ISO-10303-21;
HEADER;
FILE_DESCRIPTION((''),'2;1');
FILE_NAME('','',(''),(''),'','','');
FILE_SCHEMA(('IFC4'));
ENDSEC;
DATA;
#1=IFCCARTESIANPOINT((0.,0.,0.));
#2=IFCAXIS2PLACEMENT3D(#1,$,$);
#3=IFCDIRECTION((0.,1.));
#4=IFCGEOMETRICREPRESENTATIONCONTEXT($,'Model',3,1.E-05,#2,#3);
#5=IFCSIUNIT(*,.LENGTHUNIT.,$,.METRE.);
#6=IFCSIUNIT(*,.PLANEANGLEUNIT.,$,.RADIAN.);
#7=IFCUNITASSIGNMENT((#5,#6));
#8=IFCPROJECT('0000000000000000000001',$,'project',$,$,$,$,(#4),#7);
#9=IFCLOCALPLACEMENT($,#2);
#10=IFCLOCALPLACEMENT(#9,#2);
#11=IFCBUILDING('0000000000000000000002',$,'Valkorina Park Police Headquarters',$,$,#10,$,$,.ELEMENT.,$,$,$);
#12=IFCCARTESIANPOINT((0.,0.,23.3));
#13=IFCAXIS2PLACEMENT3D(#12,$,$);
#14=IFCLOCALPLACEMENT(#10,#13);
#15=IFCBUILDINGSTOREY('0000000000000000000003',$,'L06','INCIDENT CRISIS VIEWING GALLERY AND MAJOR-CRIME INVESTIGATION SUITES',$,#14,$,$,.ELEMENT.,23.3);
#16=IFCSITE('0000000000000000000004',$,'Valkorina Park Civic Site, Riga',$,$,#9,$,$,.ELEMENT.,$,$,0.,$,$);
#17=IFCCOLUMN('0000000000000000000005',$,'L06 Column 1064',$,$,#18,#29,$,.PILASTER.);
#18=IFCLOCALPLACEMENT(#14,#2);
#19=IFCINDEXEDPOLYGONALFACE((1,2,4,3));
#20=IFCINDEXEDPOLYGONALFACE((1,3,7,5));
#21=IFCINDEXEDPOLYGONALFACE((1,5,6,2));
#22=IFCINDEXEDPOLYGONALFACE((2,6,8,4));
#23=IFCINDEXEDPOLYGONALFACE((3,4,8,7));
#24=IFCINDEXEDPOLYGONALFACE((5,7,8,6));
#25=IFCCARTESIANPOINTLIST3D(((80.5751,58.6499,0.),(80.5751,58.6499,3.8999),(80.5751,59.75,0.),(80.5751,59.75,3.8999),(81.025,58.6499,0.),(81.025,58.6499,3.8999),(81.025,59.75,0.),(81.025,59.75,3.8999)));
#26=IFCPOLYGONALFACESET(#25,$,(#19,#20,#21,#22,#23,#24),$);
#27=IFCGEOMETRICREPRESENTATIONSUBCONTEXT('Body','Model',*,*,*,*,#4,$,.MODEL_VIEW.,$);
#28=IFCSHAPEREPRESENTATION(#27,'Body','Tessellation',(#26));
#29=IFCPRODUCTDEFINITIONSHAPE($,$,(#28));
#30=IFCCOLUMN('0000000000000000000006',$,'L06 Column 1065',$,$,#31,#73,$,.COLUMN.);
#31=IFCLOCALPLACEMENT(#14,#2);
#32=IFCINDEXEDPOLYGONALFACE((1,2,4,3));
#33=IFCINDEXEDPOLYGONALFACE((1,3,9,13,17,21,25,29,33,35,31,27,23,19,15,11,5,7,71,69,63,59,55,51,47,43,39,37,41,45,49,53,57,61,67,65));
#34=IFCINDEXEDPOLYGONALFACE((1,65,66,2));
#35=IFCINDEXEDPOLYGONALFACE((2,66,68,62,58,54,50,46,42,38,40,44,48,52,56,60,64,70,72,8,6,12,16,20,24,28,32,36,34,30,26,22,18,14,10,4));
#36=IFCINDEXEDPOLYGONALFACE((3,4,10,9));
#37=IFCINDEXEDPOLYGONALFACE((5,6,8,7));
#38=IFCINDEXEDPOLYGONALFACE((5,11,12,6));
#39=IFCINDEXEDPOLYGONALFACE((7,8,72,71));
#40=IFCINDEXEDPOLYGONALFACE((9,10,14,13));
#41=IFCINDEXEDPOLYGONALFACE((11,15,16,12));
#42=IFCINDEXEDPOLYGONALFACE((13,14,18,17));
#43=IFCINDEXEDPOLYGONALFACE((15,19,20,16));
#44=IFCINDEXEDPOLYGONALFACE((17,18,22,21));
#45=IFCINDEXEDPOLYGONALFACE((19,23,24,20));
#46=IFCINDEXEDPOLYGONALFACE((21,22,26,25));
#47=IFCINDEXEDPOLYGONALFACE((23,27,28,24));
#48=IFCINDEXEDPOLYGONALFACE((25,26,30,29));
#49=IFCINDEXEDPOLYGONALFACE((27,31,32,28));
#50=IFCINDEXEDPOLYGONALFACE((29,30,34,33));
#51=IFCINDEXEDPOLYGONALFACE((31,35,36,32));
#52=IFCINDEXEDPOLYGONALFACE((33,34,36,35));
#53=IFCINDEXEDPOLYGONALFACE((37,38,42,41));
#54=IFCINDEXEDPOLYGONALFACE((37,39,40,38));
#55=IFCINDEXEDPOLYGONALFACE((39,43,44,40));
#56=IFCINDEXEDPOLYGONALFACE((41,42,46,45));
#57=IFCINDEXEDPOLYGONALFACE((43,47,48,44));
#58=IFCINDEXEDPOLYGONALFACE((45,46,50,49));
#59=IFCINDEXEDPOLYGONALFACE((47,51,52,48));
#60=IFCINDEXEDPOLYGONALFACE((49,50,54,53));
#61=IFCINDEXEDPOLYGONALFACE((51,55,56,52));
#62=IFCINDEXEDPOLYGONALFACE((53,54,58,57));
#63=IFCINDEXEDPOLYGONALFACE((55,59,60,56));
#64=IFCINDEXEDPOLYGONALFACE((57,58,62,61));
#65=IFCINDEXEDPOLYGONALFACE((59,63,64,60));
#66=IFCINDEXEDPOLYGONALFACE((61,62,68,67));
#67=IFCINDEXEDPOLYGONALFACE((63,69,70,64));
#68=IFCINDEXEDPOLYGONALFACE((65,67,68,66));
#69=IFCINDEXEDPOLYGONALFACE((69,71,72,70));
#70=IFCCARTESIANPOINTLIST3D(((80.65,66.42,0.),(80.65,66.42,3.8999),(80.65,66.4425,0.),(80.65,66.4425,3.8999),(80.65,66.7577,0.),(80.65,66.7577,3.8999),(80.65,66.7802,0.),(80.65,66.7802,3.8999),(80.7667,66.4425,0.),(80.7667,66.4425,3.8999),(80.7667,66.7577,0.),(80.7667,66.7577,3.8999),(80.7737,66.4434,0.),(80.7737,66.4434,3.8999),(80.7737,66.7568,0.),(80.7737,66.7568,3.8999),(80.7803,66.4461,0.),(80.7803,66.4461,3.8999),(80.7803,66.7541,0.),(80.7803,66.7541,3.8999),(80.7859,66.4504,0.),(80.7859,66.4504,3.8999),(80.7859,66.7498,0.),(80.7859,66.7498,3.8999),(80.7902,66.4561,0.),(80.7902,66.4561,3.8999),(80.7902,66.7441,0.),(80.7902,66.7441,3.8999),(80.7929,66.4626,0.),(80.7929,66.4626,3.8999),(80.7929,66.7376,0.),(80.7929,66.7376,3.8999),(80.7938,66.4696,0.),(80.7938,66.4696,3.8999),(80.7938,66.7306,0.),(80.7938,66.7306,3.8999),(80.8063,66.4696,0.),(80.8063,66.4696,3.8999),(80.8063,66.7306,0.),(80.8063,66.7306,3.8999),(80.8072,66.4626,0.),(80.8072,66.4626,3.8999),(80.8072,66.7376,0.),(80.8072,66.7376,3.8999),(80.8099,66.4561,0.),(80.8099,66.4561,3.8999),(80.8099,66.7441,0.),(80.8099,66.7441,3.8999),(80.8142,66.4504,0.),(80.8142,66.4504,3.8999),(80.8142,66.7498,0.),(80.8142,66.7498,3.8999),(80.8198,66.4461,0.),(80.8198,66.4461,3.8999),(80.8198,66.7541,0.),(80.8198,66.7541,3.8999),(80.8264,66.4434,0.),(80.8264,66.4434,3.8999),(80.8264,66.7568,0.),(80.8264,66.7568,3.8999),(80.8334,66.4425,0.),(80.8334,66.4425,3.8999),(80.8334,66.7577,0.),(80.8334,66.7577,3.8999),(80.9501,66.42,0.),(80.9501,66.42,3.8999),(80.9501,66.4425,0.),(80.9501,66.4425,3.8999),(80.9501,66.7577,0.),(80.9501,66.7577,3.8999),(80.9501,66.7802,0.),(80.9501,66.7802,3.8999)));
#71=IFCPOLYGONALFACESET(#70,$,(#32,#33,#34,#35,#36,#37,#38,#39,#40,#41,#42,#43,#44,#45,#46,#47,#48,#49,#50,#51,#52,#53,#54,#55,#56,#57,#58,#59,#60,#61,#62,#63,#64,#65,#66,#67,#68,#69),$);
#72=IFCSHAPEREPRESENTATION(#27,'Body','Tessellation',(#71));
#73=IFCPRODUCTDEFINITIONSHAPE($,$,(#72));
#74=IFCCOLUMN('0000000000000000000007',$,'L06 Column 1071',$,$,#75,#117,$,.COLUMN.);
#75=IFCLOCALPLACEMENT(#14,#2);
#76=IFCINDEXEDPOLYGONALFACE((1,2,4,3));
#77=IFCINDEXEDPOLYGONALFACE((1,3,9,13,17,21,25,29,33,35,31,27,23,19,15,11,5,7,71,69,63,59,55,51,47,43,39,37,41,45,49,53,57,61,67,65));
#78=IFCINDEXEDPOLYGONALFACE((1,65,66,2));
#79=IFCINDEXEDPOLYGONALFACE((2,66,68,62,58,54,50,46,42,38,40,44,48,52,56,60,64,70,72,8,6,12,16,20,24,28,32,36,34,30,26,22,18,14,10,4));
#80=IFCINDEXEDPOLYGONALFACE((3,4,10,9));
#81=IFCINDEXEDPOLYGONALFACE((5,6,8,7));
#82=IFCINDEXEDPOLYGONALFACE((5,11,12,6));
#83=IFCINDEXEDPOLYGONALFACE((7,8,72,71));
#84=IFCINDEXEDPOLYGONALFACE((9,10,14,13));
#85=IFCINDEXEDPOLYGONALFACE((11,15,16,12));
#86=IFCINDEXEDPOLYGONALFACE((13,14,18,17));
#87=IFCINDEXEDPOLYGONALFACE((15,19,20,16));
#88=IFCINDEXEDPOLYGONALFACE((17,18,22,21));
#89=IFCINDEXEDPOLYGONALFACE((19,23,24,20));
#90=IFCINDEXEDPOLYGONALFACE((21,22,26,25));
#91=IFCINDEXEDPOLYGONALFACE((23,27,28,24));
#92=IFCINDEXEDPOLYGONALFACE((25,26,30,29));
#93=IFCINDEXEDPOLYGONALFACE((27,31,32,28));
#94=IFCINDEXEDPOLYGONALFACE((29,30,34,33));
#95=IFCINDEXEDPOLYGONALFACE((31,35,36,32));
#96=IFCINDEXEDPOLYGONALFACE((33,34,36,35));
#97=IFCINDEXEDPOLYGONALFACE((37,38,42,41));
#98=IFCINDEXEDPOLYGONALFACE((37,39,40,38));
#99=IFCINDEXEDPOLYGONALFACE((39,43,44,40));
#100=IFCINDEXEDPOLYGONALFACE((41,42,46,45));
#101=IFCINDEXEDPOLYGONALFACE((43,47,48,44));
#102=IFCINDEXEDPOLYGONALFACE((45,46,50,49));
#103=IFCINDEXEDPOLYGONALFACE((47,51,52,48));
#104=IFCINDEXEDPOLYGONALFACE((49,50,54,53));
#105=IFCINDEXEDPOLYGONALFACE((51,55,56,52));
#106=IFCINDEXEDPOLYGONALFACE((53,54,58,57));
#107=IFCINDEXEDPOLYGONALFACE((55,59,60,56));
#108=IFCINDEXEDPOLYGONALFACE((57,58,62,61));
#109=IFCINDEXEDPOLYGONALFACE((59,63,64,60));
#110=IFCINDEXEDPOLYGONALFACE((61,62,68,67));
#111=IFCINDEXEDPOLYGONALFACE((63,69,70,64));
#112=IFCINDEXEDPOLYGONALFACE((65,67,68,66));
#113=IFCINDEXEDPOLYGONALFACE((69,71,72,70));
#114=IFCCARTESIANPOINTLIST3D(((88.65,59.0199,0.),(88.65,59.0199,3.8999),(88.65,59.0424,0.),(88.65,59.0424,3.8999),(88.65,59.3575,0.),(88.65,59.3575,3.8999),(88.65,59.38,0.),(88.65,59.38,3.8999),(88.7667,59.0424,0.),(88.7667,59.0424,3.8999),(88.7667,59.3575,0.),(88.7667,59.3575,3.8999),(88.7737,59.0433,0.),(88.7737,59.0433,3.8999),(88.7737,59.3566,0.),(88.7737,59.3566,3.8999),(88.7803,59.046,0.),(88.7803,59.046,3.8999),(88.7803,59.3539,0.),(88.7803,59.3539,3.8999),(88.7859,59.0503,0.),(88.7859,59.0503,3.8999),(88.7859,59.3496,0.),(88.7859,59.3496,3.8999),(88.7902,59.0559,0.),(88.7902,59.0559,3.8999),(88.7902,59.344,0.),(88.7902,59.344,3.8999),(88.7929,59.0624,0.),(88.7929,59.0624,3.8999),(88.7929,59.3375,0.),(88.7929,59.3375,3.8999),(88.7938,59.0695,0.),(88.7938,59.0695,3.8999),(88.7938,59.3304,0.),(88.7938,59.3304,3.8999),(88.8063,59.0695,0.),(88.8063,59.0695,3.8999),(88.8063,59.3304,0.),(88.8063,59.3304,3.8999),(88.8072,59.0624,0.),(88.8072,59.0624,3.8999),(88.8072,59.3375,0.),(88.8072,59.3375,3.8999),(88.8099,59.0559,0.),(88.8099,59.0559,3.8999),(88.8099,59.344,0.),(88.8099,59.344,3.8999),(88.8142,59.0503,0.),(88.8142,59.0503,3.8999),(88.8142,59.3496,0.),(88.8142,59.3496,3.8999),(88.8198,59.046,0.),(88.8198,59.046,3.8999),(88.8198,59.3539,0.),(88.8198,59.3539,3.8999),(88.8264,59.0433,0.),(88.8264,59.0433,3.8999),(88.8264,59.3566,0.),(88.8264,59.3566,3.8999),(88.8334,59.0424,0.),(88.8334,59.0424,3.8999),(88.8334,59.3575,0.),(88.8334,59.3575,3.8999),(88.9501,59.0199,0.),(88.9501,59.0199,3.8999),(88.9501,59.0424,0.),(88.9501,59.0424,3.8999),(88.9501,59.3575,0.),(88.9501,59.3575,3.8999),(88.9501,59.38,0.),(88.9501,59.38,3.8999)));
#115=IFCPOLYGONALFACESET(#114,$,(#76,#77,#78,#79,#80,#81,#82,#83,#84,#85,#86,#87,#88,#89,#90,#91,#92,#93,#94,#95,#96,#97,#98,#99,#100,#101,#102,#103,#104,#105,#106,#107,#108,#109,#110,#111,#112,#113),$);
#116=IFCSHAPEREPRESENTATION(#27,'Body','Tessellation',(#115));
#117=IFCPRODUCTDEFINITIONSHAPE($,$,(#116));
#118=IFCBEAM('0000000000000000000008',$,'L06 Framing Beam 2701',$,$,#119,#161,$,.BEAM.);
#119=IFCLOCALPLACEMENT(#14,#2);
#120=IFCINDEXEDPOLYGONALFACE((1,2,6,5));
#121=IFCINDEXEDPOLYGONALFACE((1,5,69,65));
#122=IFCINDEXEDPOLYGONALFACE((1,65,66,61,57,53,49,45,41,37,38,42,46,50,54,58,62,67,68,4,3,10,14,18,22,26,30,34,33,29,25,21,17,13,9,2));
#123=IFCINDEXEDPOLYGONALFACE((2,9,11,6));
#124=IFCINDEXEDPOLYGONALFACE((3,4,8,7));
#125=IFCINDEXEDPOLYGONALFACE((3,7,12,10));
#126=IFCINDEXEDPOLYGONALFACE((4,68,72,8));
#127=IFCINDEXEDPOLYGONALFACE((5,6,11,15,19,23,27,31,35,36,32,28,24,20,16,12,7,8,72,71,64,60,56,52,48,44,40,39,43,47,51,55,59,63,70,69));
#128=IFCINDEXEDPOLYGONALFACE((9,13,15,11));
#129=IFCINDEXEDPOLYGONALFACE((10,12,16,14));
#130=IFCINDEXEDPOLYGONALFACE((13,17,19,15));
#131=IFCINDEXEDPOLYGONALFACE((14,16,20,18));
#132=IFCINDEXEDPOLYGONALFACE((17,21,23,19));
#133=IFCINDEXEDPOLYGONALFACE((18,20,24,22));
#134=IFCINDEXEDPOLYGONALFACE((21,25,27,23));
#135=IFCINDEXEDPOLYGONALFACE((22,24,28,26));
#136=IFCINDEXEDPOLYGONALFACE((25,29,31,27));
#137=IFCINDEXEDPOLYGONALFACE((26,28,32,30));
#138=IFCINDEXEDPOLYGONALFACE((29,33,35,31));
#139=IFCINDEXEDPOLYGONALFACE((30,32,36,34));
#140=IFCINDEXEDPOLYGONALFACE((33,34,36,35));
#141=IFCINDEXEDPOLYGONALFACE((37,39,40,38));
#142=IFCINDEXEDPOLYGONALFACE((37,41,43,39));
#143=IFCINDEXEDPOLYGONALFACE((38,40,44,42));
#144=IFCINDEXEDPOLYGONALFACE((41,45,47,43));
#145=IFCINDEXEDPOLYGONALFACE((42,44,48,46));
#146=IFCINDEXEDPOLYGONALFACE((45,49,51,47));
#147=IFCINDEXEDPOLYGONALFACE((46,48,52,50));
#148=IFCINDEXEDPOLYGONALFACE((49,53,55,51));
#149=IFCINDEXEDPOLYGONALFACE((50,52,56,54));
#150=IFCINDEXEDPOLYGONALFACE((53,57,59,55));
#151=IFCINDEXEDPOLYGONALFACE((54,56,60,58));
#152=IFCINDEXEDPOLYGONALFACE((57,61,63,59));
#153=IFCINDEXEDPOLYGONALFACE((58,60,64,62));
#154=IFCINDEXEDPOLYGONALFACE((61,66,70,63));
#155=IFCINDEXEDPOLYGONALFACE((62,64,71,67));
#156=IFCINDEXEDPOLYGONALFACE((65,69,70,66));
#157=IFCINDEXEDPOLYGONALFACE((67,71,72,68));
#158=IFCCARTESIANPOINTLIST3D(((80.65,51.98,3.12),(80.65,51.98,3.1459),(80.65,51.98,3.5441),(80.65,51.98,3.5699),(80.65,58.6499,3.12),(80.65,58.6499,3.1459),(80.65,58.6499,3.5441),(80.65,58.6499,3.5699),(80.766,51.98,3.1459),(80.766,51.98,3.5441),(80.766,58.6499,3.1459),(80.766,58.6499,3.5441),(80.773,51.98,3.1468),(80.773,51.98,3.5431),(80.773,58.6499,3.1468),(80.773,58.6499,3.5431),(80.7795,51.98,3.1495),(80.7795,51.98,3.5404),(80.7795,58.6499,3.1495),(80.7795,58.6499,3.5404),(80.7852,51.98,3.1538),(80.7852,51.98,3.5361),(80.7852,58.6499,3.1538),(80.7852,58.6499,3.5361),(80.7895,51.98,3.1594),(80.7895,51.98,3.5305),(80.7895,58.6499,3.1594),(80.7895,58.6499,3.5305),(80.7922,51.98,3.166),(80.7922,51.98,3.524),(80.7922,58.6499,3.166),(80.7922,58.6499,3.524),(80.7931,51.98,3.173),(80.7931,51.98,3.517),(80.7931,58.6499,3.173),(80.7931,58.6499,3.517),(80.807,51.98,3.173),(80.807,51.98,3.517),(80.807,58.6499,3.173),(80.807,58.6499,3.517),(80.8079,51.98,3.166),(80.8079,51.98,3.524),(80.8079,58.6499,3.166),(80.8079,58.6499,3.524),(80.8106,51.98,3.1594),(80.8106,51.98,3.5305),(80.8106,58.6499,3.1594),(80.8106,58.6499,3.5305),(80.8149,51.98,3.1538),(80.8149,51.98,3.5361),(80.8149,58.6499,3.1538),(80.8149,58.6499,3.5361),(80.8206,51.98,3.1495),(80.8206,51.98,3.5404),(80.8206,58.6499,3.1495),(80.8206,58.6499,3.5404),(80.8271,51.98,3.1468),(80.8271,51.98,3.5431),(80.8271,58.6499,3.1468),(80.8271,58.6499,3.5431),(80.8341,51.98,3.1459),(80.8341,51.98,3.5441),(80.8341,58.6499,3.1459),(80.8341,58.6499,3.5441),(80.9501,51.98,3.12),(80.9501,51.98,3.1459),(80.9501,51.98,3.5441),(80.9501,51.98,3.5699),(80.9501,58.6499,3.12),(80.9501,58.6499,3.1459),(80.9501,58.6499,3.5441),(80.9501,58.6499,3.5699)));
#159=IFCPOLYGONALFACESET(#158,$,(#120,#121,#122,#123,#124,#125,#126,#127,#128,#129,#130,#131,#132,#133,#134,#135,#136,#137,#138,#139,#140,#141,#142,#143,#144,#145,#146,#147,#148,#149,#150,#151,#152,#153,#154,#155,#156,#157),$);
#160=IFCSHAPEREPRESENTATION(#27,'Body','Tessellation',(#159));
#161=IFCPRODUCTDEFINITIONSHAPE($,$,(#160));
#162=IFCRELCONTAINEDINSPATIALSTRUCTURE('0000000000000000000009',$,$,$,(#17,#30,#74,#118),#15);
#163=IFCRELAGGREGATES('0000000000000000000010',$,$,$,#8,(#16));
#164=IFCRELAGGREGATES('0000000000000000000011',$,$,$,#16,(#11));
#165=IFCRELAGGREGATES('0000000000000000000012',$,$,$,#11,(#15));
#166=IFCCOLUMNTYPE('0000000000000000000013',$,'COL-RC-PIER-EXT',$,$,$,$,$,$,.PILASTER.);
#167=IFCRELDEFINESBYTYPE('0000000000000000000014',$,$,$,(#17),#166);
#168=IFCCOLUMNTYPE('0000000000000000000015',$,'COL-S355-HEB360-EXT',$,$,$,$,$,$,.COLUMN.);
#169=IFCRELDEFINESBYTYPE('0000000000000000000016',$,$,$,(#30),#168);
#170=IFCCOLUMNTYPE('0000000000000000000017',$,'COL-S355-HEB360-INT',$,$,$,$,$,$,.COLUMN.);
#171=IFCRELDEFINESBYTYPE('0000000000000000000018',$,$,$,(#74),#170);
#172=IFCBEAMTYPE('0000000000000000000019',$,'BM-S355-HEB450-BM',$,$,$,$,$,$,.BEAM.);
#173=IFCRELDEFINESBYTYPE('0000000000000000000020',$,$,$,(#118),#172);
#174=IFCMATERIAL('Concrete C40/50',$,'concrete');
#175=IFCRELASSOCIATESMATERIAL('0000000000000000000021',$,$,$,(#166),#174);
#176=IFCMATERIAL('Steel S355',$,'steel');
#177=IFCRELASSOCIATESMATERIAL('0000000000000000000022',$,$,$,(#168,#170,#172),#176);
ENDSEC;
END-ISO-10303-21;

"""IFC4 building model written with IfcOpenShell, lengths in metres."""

from ifc_helpers import new_model, si_unit, direction, frame, origin, origin_2d, place, context, subcontext, project, spatial, rectangle, i_section, extrude, material, material_profile, profile_set, type_object, element, save


model = new_model("IFC4")

# Units and contexts
model_context = context("Model", 3, precision=1e-05, world=origin(), true_north=direction((0.0, 1.0)))
body_context = subcontext(model_context, "Body", "Model", "MODEL_VIEW")
ifc_project = project(units=[si_unit("LENGTHUNIT", "METRE"), si_unit("PLANEANGLEUNIT", "RADIAN")], contexts=[model_context])

# Site, building, storey
site_placement = place(None, origin())
site = spatial("IfcSite", under=ifc_project, at=site_placement, Name="Valkorina Park Civic Site, Riga", CompositionType="ELEMENT", RefElevation=0.0)
building_placement = place(site_placement, origin())
building = spatial("IfcBuilding", under=site, at=building_placement, Name="Valkorina Park Police Headquarters", CompositionType="ELEMENT")
storey_placement = place(building_placement, frame((0.0, 0.0, 23.3)))
storey = spatial("IfcBuildingStorey", under=building, at=storey_placement, Name="L06", Description="INCIDENT CRISIS VIEWING GALLERY AND MAJOR-CRIME INVESTIGATION SUITES", CompositionType="ELEMENT", Elevation=23.3)

# Columns
ifc_material_1 = material(Name="Concrete C40/50", Category="concrete")
ifc_material_profile_1 = material_profile(ifc_material_1, rectangle(XDim=0.45, YDim=1.1001, at=origin_2d()), Name="RC PIER 450x1100")
ifc_profile_set_1 = profile_set([ifc_material_profile_1], Name="Concrete C40/50")
column_type_1 = type_object("IfcColumnType", Name="COL-RC-PIER-EXT", PredefinedType="PILASTER", material=ifc_profile_set_1)
column_1_placement = place(storey_placement, frame((80.8, 59.2, 0.0), z_axis=(0.0, 0.0, 1.0), x_axis=(1.0, 0.0, 0.0)))
element("IfcColumn", 1, at=column_1_placement, inside=storey, type_object=column_type_1, Name="L06 Column 1064", PredefinedType="PILASTER", context=body_context, shape_type="SweptSolid", body=[
    extrude(rectangle(XDim=0.45, YDim=1.1001, at=origin_2d()), origin(), (0.0, 0.0, 1.0), 3.8999),
])
ifc_material_2 = material(Name="Steel S355", Category="steel")
ifc_material_profile_2 = material_profile(ifc_material_2, i_section(OverallWidth=0.3, OverallDepth=0.3601, WebThickness=0.0125, FlangeThickness=0.0225, FilletRadius=0.0271, at=origin_2d()), Name="HEB 360")
ifc_profile_set_2 = profile_set([ifc_material_profile_2], Name="Steel S355")
column_type_2 = type_object("IfcColumnType", Name="COL-S355-HEB360-EXT", PredefinedType="COLUMN", material=ifc_profile_set_2)
column_2_placement = place(storey_placement, frame((80.8, 66.6001, 0.0), z_axis=(0.0, 0.0, 1.0), x_axis=(1.0, 0.0, 0.0)))
element("IfcColumn", 2, at=column_2_placement, inside=storey, type_object=column_type_2, Name="L06 Column 1065", PredefinedType="COLUMN", context=body_context, shape_type="SweptSolid", body=[
    extrude(i_section(OverallWidth=0.3, OverallDepth=0.3601, WebThickness=0.0125, FlangeThickness=0.0225, FilletRadius=0.0271, at=origin_2d()), origin(), (0.0, 0.0, 1.0), 3.8999),
])
ifc_material_profile_3 = material_profile(ifc_material_2, i_section(OverallWidth=0.3, OverallDepth=0.3601, WebThickness=0.0125, FlangeThickness=0.0225, FilletRadius=0.0271, at=origin_2d()), Name="HEB 360")
ifc_profile_set_3 = profile_set([ifc_material_profile_3], Name="Steel S355")
column_type_3 = type_object("IfcColumnType", Name="COL-S355-HEB360-INT", PredefinedType="COLUMN", material=ifc_profile_set_3)
column_3_placement = place(storey_placement, frame((88.8, 59.2, 0.0), z_axis=(0.0, 0.0, 1.0), x_axis=(1.0, 0.0, 0.0)))
element("IfcColumn", 3, at=column_3_placement, inside=storey, type_object=column_type_3, Name="L06 Column 1071", PredefinedType="COLUMN", context=body_context, shape_type="SweptSolid", body=[
    extrude(i_section(OverallWidth=0.3, OverallDepth=0.3601, WebThickness=0.0125, FlangeThickness=0.0225, FilletRadius=0.0271, at=origin_2d()), origin(), (0.0, 0.0, 1.0), 3.8999),
])

# Beam
ifc_material_profile_4 = material_profile(ifc_material_2, i_section(OverallWidth=0.3, OverallDepth=0.45, WebThickness=0.0139, FlangeThickness=0.0259, FilletRadius=0.0271, at=origin_2d()), Name="HEB 450")
ifc_profile_set_4 = profile_set([ifc_material_profile_4], Name="Steel S355")
beam_type_1 = type_object("IfcBeamType", Name="BM-S355-HEB450-BM", PredefinedType="BEAM", material=ifc_profile_set_4)
beam_1_placement = place(storey_placement, frame((80.8, 51.98, 3.345), z_axis=(0.0, 1.0, 0.0), x_axis=(-1.0, 0.0, 0.0)))
element("IfcBeam", 4, at=beam_1_placement, inside=storey, type_object=beam_type_1, Name="L06 Framing Beam 2701", PredefinedType="BEAM", context=body_context, shape_type="SweptSolid", body=[
    extrude(i_section(OverallWidth=0.3, OverallDepth=0.45, WebThickness=0.0139, FlangeThickness=0.0259, FilletRadius=0.0271, at=origin_2d()), origin(), (0.0, 0.0, 1.0), 6.6699),
])

save(model, "model.ifc")
